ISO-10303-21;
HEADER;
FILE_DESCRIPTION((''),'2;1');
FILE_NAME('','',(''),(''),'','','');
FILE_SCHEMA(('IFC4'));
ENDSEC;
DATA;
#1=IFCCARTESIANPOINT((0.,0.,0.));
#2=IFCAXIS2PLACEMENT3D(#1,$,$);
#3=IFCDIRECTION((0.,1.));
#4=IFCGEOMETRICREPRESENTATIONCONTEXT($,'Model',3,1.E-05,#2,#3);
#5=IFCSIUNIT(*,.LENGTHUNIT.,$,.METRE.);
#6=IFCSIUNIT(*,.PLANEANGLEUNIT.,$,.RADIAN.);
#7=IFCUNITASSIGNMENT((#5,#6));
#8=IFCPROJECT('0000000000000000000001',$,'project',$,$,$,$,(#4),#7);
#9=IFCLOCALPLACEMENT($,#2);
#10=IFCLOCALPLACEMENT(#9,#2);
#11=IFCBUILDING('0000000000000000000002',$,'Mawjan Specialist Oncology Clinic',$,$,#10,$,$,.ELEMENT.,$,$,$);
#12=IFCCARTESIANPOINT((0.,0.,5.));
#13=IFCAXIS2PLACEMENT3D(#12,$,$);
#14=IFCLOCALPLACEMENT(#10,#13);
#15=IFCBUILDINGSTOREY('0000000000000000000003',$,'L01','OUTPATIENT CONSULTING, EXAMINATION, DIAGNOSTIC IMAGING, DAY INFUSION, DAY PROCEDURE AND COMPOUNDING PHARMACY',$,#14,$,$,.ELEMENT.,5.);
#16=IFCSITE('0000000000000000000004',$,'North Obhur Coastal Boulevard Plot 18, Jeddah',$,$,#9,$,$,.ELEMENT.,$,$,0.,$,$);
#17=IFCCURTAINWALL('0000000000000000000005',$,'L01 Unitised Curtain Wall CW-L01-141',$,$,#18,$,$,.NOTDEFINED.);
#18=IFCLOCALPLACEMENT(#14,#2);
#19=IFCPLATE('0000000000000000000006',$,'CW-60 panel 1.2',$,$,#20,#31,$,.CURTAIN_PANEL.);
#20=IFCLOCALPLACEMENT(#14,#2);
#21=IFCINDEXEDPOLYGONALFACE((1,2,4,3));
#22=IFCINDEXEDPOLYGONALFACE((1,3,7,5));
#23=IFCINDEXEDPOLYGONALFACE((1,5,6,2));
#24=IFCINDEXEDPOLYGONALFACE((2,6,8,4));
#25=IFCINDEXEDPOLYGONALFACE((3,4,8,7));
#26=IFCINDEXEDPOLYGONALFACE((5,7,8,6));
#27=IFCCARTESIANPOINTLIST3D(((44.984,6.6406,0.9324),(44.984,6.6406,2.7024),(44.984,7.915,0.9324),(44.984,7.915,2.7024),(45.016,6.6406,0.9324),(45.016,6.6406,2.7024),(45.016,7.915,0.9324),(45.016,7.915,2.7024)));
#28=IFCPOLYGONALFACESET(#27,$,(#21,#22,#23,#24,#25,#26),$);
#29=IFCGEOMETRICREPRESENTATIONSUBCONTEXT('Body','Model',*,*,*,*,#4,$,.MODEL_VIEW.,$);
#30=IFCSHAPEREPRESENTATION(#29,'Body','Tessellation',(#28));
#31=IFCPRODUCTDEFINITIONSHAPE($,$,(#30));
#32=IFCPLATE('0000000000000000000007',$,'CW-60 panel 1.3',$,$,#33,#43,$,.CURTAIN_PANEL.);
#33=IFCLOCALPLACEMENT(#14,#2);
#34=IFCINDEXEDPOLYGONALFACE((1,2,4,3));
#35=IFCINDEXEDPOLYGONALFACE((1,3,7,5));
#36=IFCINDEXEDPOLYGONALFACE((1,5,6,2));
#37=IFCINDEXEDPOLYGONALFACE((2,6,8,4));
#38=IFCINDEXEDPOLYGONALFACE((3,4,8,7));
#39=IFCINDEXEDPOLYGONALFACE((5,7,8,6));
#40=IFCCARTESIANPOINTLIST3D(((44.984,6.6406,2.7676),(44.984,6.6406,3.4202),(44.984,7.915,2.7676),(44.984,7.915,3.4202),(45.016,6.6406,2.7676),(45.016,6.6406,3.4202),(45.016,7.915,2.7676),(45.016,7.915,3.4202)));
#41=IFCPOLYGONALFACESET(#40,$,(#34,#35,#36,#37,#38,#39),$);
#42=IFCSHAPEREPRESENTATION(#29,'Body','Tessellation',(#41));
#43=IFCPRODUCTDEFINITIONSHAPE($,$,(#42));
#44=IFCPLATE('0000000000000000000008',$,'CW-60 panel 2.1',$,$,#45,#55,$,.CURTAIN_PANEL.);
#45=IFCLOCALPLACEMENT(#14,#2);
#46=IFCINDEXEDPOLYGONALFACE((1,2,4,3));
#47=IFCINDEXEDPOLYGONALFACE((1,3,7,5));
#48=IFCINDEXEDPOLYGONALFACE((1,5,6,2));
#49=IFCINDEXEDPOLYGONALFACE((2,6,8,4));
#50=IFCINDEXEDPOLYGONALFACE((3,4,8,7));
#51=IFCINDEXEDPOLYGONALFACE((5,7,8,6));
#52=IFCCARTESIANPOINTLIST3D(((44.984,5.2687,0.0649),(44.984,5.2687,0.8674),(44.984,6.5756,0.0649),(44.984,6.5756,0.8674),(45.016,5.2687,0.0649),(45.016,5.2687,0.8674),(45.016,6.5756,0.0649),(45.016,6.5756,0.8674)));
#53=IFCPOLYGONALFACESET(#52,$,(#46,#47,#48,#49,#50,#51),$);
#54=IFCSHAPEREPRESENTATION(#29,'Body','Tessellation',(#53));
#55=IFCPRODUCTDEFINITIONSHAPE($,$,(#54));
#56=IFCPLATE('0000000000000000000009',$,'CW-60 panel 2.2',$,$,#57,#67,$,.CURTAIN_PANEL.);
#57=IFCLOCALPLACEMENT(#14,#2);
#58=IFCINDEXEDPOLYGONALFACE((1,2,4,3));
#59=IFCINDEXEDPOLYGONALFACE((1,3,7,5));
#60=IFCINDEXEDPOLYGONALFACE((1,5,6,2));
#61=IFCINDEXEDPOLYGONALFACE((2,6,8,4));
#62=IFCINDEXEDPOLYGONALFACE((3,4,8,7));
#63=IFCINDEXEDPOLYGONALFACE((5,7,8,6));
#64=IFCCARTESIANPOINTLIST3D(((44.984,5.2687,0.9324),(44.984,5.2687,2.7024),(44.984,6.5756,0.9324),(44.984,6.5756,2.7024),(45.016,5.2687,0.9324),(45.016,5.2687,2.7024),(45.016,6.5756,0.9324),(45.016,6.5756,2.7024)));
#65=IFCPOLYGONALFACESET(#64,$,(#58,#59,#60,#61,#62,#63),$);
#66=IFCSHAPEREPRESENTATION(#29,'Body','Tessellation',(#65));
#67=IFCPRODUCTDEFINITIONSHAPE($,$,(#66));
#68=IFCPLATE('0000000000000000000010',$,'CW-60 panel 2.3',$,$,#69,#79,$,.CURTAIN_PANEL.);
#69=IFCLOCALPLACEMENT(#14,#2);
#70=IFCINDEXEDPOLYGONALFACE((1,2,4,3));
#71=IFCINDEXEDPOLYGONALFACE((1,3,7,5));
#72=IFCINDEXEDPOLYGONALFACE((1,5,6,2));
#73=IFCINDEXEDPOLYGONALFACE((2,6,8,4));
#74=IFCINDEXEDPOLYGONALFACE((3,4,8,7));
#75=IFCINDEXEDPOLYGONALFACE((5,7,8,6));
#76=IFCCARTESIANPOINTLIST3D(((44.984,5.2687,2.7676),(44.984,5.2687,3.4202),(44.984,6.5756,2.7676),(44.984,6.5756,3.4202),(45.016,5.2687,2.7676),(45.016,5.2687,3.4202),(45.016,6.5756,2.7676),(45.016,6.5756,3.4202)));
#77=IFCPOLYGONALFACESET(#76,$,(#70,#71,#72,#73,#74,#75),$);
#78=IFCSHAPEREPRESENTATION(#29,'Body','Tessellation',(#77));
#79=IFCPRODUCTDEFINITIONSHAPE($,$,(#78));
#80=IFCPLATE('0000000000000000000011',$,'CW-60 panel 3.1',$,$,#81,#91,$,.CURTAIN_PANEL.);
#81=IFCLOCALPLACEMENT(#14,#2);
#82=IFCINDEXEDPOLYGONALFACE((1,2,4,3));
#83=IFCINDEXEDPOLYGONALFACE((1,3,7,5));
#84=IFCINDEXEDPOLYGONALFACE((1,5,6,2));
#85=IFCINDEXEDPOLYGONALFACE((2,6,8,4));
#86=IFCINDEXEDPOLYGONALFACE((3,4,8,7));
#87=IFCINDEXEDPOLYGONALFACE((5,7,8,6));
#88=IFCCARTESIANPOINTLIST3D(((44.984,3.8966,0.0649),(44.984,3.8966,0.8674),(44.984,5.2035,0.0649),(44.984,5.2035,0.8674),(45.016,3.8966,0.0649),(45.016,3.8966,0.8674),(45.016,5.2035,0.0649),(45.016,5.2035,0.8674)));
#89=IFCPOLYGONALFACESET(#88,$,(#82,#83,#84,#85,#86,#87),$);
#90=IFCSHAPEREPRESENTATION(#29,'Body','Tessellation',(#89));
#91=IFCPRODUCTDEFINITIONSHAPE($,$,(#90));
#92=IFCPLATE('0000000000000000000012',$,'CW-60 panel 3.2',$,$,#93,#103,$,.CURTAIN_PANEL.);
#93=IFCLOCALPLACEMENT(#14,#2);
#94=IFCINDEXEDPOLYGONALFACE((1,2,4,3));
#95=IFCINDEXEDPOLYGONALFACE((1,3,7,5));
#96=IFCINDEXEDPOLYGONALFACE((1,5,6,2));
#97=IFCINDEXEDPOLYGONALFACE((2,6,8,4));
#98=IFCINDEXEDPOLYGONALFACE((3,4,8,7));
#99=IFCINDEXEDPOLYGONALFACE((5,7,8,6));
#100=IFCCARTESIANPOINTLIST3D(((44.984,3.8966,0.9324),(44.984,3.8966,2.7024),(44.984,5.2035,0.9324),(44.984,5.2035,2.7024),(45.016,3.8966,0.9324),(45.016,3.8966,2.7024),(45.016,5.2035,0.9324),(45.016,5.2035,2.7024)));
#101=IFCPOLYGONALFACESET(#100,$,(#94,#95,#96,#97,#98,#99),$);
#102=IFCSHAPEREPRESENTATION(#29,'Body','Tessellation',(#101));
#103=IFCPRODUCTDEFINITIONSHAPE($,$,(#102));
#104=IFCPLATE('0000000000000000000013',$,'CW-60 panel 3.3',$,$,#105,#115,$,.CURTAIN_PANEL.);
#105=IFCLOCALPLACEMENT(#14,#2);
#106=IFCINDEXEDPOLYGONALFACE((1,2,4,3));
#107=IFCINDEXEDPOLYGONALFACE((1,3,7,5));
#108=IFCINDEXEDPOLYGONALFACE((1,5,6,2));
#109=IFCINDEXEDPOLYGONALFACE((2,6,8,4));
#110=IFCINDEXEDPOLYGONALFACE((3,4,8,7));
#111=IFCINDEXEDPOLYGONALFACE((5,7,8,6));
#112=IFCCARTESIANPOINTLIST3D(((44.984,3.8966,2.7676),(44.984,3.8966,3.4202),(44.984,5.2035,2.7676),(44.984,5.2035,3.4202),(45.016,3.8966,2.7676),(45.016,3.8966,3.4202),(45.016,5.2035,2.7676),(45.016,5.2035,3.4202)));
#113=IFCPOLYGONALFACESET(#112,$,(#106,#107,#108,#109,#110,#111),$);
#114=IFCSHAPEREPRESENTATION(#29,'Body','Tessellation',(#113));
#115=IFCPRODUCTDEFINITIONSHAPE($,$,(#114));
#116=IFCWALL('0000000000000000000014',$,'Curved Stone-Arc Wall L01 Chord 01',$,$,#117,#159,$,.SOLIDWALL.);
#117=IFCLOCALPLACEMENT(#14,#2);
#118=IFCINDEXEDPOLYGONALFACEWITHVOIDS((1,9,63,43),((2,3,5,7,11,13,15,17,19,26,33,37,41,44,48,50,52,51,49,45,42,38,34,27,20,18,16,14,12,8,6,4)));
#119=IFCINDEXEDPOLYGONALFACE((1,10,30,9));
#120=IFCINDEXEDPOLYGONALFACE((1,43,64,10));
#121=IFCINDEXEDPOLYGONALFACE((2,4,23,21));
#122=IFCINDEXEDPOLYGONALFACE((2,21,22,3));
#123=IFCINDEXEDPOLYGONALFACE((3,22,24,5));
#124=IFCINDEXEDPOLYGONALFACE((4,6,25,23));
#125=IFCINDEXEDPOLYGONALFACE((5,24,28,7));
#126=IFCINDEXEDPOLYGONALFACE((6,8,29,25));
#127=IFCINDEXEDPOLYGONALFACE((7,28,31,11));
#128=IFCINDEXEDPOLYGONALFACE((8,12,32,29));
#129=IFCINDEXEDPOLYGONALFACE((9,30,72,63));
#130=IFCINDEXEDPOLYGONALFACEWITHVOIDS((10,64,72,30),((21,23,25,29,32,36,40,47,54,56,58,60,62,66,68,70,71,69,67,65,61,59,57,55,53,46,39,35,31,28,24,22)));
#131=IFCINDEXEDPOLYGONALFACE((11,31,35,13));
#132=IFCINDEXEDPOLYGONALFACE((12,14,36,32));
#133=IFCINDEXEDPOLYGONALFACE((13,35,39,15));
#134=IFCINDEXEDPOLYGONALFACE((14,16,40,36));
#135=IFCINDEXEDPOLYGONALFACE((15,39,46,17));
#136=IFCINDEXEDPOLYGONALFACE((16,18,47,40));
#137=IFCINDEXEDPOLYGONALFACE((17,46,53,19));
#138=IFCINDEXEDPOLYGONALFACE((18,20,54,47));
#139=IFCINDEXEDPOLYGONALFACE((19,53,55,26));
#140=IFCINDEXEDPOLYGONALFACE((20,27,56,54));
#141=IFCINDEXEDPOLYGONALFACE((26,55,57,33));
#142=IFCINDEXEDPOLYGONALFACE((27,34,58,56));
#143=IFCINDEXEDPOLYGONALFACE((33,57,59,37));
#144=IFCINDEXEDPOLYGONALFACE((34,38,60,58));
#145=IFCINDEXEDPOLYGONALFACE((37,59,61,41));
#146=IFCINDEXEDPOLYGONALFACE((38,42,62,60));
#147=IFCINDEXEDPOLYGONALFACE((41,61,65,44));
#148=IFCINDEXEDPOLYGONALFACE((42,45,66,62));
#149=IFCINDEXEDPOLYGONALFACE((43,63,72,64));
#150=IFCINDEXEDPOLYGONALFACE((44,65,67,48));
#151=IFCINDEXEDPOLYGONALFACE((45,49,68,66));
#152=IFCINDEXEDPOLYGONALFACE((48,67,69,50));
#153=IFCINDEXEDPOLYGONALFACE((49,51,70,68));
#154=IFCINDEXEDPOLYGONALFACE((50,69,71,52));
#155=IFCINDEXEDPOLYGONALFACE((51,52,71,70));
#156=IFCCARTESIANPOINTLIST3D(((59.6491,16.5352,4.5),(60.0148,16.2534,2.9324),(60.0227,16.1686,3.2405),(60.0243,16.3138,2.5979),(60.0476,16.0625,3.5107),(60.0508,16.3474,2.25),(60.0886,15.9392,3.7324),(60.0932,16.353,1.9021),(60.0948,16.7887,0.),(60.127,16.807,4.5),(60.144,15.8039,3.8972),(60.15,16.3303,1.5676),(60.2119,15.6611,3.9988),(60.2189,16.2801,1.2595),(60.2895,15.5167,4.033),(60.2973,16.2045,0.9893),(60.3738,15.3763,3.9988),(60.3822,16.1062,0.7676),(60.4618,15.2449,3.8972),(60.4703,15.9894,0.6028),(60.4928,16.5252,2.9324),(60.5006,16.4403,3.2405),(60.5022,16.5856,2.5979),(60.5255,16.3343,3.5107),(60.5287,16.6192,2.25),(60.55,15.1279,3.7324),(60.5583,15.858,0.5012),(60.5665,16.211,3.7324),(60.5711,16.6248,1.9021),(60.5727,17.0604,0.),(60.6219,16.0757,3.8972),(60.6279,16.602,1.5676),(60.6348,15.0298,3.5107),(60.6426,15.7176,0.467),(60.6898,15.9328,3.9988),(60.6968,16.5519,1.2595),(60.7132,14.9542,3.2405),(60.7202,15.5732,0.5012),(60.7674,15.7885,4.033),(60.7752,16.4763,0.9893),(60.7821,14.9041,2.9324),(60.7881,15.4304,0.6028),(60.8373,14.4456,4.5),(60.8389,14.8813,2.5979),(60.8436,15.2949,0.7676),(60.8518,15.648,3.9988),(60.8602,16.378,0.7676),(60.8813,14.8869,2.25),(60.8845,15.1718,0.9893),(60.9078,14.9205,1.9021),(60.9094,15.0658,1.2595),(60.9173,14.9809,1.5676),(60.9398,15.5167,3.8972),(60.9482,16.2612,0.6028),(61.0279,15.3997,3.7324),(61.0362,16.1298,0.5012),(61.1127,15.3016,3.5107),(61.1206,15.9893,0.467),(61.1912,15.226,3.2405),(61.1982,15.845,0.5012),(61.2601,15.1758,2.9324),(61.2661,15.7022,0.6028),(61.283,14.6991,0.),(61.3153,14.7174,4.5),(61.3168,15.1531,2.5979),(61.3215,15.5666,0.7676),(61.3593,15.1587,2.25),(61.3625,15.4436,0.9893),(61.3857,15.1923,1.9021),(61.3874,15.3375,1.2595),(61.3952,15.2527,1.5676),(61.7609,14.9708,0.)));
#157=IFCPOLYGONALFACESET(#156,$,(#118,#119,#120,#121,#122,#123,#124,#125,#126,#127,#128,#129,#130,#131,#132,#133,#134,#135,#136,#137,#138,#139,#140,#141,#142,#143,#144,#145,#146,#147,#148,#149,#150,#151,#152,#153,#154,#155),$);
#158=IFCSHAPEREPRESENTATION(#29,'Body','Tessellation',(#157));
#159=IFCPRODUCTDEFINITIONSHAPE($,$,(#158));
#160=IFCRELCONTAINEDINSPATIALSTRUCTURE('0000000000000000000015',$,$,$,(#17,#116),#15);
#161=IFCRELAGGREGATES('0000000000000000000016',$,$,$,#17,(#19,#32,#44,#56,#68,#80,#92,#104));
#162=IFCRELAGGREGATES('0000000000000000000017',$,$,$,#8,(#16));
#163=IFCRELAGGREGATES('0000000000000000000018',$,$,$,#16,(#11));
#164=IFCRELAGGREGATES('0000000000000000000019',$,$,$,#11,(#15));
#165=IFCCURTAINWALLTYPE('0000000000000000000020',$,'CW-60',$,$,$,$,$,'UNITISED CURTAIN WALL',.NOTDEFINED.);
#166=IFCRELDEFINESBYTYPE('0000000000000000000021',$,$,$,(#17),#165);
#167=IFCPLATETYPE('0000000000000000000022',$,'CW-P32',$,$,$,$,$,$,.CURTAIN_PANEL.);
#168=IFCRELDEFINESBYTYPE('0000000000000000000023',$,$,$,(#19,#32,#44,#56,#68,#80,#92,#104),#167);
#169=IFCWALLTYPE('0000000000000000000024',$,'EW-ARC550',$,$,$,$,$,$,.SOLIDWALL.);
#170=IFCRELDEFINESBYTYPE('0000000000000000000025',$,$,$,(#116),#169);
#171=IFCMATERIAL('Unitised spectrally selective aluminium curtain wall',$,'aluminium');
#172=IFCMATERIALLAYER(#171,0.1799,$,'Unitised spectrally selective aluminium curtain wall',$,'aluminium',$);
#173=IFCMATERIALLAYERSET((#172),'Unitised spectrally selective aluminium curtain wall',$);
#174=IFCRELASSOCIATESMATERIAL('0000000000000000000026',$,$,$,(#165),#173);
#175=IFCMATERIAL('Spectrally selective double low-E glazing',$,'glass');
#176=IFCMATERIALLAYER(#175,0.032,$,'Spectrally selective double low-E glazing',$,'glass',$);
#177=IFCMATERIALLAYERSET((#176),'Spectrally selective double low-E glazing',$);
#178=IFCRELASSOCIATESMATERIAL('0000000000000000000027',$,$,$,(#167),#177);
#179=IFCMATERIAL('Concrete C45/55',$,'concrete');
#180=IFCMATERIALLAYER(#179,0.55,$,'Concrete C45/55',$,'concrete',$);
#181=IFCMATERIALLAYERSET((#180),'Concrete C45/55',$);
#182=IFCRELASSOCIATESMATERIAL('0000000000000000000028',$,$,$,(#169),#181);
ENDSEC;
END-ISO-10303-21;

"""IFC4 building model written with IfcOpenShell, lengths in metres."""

from ifc_helpers import new_model, si_unit, direction, frame, origin, origin_2d, place, context, subcontext, project, spatial, polyline, rectangle, outline, extrude, material, layer, layer_set, type_object, element, aggregate, save


model = new_model("IFC4")

# Units and contexts
model_context = context("Model", 3, precision=1e-05, world=origin(), true_north=direction((0.0, 1.0)))
body_context = subcontext(model_context, "Body", "Model", "MODEL_VIEW")
ifc_project = project(units=[si_unit("LENGTHUNIT", "METRE"), si_unit("PLANEANGLEUNIT", "RADIAN")], contexts=[model_context])

# Site, building, storey
site_placement = place(None, origin())
site = spatial("IfcSite", under=ifc_project, at=site_placement, Name="North Obhur Coastal Boulevard Plot 18, Jeddah", CompositionType="ELEMENT", RefElevation=0.0)
building_placement = place(site_placement, origin())
building = spatial("IfcBuilding", under=site, at=building_placement, Name="Mawjan Specialist Oncology Clinic", CompositionType="ELEMENT")
storey_placement = place(building_placement, frame((0.0, 0.0, 5.0)))
storey = spatial("IfcBuildingStorey", under=building, at=storey_placement, Name="L01", Description="OUTPATIENT CONSULTING, EXAMINATION, DIAGNOSTIC IMAGING, DAY INFUSION, DAY PROCEDURE AND COMPOUNDING PHARMACY", CompositionType="ELEMENT", Elevation=5.0)

# Curtain wall, plates
ifc_material_1 = material(Name="Unitised spectrally selective aluminium curtain wall", Category="aluminium")
ifc_layer_1 = layer(ifc_material_1, 0.1799, Name="Unitised spectrally selective aluminium curtain wall", Category="aluminium")
ifc_layer_set_1 = layer_set([ifc_layer_1], Name="Unitised spectrally selective aluminium curtain wall")
curtain_wall_type = type_object("IfcCurtainWallType", Name="CW-60", ElementType="UNITISED CURTAIN WALL", PredefinedType="NOTDEFINED", material=ifc_layer_set_1)
curtain_wall_placement = place(storey_placement, origin())
curtain_wall = element("IfcCurtainWall", 1, at=curtain_wall_placement, inside=storey, type_object=curtain_wall_type, Name="L01 Unitised Curtain Wall CW-L01-141", PredefinedType="NOTDEFINED")
ifc_material_2 = material(Name="Spectrally selective double low-E glazing", Category="glass")
ifc_layer_2 = layer(ifc_material_2, 0.032, Name="Spectrally selective double low-E glazing", Category="glass")
ifc_layer_set_2 = layer_set([ifc_layer_2], Name="Spectrally selective double low-E glazing")
plate_type = type_object("IfcPlateType", Name="CW-P32", PredefinedType="CURTAIN_PANEL", material=ifc_layer_set_2)
plate_1_placement = place(storey_placement, frame((45.0, 7.2778, 0.9324), z_axis=(0.0, 0.0, 1.0), x_axis=(0.0, -1.0, 0.0)))
plate_1 = element("IfcPlate", 2, at=plate_1_placement, type_object=plate_type, Name="CW-60 panel 1.2", PredefinedType="CURTAIN_PANEL", context=body_context, shape_type="SweptSolid", body=[
    extrude(rectangle(XDim=1.2744, YDim=0.032, at=origin_2d()), origin(), (0.0, 0.0, 1.0), 1.77),
])
plate_2_placement = place(storey_placement, frame((45.0, 7.2778, 2.7676), z_axis=(0.0, 0.0, 1.0), x_axis=(0.0, -1.0, 0.0)))
plate_2 = element("IfcPlate", 3, at=plate_2_placement, type_object=plate_type, Name="CW-60 panel 1.3", PredefinedType="CURTAIN_PANEL", context=body_context, shape_type="SweptSolid", body=[
    extrude(rectangle(XDim=1.2744, YDim=0.032, at=origin_2d()), origin(), (0.0, 0.0, 1.0), 0.6526),
])
plate_3_placement = place(storey_placement, frame((45.0, 5.9221, 0.0649), z_axis=(0.0, 0.0, 1.0), x_axis=(0.0, -1.0, 0.0)))
plate_3 = element("IfcPlate", 4, at=plate_3_placement, type_object=plate_type, Name="CW-60 panel 2.1", PredefinedType="CURTAIN_PANEL", context=body_context, shape_type="SweptSolid", body=[
    extrude(rectangle(XDim=1.3069, YDim=0.032, at=origin_2d()), origin(), (0.0, 0.0, 1.0), 0.8025),
])
plate_4_placement = place(storey_placement, frame((45.0, 5.9221, 0.9324), z_axis=(0.0, 0.0, 1.0), x_axis=(0.0, -1.0, 0.0)))
plate_4 = element("IfcPlate", 5, at=plate_4_placement, type_object=plate_type, Name="CW-60 panel 2.2", PredefinedType="CURTAIN_PANEL", context=body_context, shape_type="SweptSolid", body=[
    extrude(rectangle(XDim=1.3069, YDim=0.032, at=origin_2d()), origin(), (0.0, 0.0, 1.0), 1.77),
])
plate_5_placement = place(storey_placement, frame((45.0, 5.9221, 2.7676), z_axis=(0.0, 0.0, 1.0), x_axis=(0.0, -1.0, 0.0)))
plate_5 = element("IfcPlate", 6, at=plate_5_placement, type_object=plate_type, Name="CW-60 panel 2.3", PredefinedType="CURTAIN_PANEL", context=body_context, shape_type="SweptSolid", body=[
    extrude(rectangle(XDim=1.3069, YDim=0.032, at=origin_2d()), origin(), (0.0, 0.0, 1.0), 0.6526),
])
plate_6_placement = place(storey_placement, frame((45.0, 4.55, 0.0649), z_axis=(0.0, 0.0, 1.0), x_axis=(0.0, -1.0, 0.0)))
plate_6 = element("IfcPlate", 7, at=plate_6_placement, type_object=plate_type, Name="CW-60 panel 3.1", PredefinedType="CURTAIN_PANEL", context=body_context, shape_type="SweptSolid", body=[
    extrude(rectangle(XDim=1.3069, YDim=0.032, at=origin_2d()), origin(), (0.0, 0.0, 1.0), 0.8025),
])
plate_7_placement = place(storey_placement, frame((45.0, 4.55, 0.9324), z_axis=(0.0, 0.0, 1.0), x_axis=(0.0, -1.0, 0.0)))
plate_7 = element("IfcPlate", 8, at=plate_7_placement, type_object=plate_type, Name="CW-60 panel 3.2", PredefinedType="CURTAIN_PANEL", context=body_context, shape_type="SweptSolid", body=[
    extrude(rectangle(XDim=1.3069, YDim=0.032, at=origin_2d()), origin(), (0.0, 0.0, 1.0), 1.77),
])
plate_8_placement = place(storey_placement, frame((45.0, 4.55, 2.7676), z_axis=(0.0, 0.0, 1.0), x_axis=(0.0, -1.0, 0.0)))
plate_8 = element("IfcPlate", 9, at=plate_8_placement, type_object=plate_type, Name="CW-60 panel 3.3", PredefinedType="CURTAIN_PANEL", context=body_context, shape_type="SweptSolid", body=[
    extrude(rectangle(XDim=1.3069, YDim=0.032, at=origin_2d()), origin(), (0.0, 0.0, 1.0), 0.6526),
])
aggregate(curtain_wall, [plate_1, plate_2, plate_3, plate_4, plate_5, plate_6, plate_7, plate_8])

# Wall, opening
ifc_material_3 = material(Name="Concrete C45/55", Category="concrete")
ifc_layer_3 = layer(ifc_material_3, 0.55, Name="Concrete C45/55", Category="concrete")
ifc_layer_set_3 = layer_set([ifc_layer_3], Name="Concrete C45/55")
wall_type = type_object("IfcWallType", Name="EW-ARC550", PredefinedType="SOLIDWALL", material=ifc_layer_set_3)
wall_placement = place(storey_placement, frame((61.522, 14.835, 0.0), z_axis=(0.0, 0.0, 1.0), x_axis=(-0.494311, 0.869285, 0.0)))
wall = element("IfcWall", 10, at=wall_placement, inside=storey, type_object=wall_type, Name="Curved Stone-Arc Wall L01 Chord 01", PredefinedType="SOLIDWALL", context=body_context, shape_type="SweptSolid", body=[
    extrude(outline(polyline([(-0.2749, 0.0), (0.2749, 0.0), (0.7876, 4.5), (0.2378, 4.5), (-0.2749, 0.0)])), frame((0.0, 0.0, 0.0), z_axis=(1.0, 0.0, 0.0), x_axis=(0.0, 1.0, 0.0)), (0.0, 0.0, 1.0), 2.4038),
])
opening_placement = place(wall_placement, origin())
element("IfcOpeningElement", 11, at=opening_placement, cuts=wall, PredefinedType="OPENING", context=body_context, shape_type="SweptSolid", body=[
    extrude(outline(polyline([(2.042, 2.25), (2.0259, 2.5979), (1.978, 2.9324), (1.9004, 3.2405), (1.7959, 3.5107), (1.6685, 3.7324), (1.5234, 3.8972), (1.3657, 3.9988), (1.2019, 4.033), (1.0381, 3.9988), (0.8804, 3.8972), (0.7351, 3.7324), (0.6079, 3.5107), (0.5034, 3.2405), (0.4258, 2.9324), (0.3779, 2.5979), (0.3618, 2.25), (0.3779, 1.9021), (0.4258, 1.5676), (0.5034, 1.2595), (0.6079, 0.9893), (0.7351, 0.7676), (0.8804, 0.6028), (1.0381, 0.5012), (1.2019, 0.467), (1.3657, 0.5012), (1.5234, 0.6028), (1.6685, 0.7676), (1.7959, 0.9893), (1.9004, 1.2595), (1.978, 1.5676), (2.0259, 1.9021), (2.042, 2.25)])), frame((0.0, 0.8076, 0.0), z_axis=(0.0, -1.0, 0.0), x_axis=(1.0, 0.0, 0.0)), (0.0, 0.0, 1.0), 1.1028),
])

save(model, "model.ifc")
